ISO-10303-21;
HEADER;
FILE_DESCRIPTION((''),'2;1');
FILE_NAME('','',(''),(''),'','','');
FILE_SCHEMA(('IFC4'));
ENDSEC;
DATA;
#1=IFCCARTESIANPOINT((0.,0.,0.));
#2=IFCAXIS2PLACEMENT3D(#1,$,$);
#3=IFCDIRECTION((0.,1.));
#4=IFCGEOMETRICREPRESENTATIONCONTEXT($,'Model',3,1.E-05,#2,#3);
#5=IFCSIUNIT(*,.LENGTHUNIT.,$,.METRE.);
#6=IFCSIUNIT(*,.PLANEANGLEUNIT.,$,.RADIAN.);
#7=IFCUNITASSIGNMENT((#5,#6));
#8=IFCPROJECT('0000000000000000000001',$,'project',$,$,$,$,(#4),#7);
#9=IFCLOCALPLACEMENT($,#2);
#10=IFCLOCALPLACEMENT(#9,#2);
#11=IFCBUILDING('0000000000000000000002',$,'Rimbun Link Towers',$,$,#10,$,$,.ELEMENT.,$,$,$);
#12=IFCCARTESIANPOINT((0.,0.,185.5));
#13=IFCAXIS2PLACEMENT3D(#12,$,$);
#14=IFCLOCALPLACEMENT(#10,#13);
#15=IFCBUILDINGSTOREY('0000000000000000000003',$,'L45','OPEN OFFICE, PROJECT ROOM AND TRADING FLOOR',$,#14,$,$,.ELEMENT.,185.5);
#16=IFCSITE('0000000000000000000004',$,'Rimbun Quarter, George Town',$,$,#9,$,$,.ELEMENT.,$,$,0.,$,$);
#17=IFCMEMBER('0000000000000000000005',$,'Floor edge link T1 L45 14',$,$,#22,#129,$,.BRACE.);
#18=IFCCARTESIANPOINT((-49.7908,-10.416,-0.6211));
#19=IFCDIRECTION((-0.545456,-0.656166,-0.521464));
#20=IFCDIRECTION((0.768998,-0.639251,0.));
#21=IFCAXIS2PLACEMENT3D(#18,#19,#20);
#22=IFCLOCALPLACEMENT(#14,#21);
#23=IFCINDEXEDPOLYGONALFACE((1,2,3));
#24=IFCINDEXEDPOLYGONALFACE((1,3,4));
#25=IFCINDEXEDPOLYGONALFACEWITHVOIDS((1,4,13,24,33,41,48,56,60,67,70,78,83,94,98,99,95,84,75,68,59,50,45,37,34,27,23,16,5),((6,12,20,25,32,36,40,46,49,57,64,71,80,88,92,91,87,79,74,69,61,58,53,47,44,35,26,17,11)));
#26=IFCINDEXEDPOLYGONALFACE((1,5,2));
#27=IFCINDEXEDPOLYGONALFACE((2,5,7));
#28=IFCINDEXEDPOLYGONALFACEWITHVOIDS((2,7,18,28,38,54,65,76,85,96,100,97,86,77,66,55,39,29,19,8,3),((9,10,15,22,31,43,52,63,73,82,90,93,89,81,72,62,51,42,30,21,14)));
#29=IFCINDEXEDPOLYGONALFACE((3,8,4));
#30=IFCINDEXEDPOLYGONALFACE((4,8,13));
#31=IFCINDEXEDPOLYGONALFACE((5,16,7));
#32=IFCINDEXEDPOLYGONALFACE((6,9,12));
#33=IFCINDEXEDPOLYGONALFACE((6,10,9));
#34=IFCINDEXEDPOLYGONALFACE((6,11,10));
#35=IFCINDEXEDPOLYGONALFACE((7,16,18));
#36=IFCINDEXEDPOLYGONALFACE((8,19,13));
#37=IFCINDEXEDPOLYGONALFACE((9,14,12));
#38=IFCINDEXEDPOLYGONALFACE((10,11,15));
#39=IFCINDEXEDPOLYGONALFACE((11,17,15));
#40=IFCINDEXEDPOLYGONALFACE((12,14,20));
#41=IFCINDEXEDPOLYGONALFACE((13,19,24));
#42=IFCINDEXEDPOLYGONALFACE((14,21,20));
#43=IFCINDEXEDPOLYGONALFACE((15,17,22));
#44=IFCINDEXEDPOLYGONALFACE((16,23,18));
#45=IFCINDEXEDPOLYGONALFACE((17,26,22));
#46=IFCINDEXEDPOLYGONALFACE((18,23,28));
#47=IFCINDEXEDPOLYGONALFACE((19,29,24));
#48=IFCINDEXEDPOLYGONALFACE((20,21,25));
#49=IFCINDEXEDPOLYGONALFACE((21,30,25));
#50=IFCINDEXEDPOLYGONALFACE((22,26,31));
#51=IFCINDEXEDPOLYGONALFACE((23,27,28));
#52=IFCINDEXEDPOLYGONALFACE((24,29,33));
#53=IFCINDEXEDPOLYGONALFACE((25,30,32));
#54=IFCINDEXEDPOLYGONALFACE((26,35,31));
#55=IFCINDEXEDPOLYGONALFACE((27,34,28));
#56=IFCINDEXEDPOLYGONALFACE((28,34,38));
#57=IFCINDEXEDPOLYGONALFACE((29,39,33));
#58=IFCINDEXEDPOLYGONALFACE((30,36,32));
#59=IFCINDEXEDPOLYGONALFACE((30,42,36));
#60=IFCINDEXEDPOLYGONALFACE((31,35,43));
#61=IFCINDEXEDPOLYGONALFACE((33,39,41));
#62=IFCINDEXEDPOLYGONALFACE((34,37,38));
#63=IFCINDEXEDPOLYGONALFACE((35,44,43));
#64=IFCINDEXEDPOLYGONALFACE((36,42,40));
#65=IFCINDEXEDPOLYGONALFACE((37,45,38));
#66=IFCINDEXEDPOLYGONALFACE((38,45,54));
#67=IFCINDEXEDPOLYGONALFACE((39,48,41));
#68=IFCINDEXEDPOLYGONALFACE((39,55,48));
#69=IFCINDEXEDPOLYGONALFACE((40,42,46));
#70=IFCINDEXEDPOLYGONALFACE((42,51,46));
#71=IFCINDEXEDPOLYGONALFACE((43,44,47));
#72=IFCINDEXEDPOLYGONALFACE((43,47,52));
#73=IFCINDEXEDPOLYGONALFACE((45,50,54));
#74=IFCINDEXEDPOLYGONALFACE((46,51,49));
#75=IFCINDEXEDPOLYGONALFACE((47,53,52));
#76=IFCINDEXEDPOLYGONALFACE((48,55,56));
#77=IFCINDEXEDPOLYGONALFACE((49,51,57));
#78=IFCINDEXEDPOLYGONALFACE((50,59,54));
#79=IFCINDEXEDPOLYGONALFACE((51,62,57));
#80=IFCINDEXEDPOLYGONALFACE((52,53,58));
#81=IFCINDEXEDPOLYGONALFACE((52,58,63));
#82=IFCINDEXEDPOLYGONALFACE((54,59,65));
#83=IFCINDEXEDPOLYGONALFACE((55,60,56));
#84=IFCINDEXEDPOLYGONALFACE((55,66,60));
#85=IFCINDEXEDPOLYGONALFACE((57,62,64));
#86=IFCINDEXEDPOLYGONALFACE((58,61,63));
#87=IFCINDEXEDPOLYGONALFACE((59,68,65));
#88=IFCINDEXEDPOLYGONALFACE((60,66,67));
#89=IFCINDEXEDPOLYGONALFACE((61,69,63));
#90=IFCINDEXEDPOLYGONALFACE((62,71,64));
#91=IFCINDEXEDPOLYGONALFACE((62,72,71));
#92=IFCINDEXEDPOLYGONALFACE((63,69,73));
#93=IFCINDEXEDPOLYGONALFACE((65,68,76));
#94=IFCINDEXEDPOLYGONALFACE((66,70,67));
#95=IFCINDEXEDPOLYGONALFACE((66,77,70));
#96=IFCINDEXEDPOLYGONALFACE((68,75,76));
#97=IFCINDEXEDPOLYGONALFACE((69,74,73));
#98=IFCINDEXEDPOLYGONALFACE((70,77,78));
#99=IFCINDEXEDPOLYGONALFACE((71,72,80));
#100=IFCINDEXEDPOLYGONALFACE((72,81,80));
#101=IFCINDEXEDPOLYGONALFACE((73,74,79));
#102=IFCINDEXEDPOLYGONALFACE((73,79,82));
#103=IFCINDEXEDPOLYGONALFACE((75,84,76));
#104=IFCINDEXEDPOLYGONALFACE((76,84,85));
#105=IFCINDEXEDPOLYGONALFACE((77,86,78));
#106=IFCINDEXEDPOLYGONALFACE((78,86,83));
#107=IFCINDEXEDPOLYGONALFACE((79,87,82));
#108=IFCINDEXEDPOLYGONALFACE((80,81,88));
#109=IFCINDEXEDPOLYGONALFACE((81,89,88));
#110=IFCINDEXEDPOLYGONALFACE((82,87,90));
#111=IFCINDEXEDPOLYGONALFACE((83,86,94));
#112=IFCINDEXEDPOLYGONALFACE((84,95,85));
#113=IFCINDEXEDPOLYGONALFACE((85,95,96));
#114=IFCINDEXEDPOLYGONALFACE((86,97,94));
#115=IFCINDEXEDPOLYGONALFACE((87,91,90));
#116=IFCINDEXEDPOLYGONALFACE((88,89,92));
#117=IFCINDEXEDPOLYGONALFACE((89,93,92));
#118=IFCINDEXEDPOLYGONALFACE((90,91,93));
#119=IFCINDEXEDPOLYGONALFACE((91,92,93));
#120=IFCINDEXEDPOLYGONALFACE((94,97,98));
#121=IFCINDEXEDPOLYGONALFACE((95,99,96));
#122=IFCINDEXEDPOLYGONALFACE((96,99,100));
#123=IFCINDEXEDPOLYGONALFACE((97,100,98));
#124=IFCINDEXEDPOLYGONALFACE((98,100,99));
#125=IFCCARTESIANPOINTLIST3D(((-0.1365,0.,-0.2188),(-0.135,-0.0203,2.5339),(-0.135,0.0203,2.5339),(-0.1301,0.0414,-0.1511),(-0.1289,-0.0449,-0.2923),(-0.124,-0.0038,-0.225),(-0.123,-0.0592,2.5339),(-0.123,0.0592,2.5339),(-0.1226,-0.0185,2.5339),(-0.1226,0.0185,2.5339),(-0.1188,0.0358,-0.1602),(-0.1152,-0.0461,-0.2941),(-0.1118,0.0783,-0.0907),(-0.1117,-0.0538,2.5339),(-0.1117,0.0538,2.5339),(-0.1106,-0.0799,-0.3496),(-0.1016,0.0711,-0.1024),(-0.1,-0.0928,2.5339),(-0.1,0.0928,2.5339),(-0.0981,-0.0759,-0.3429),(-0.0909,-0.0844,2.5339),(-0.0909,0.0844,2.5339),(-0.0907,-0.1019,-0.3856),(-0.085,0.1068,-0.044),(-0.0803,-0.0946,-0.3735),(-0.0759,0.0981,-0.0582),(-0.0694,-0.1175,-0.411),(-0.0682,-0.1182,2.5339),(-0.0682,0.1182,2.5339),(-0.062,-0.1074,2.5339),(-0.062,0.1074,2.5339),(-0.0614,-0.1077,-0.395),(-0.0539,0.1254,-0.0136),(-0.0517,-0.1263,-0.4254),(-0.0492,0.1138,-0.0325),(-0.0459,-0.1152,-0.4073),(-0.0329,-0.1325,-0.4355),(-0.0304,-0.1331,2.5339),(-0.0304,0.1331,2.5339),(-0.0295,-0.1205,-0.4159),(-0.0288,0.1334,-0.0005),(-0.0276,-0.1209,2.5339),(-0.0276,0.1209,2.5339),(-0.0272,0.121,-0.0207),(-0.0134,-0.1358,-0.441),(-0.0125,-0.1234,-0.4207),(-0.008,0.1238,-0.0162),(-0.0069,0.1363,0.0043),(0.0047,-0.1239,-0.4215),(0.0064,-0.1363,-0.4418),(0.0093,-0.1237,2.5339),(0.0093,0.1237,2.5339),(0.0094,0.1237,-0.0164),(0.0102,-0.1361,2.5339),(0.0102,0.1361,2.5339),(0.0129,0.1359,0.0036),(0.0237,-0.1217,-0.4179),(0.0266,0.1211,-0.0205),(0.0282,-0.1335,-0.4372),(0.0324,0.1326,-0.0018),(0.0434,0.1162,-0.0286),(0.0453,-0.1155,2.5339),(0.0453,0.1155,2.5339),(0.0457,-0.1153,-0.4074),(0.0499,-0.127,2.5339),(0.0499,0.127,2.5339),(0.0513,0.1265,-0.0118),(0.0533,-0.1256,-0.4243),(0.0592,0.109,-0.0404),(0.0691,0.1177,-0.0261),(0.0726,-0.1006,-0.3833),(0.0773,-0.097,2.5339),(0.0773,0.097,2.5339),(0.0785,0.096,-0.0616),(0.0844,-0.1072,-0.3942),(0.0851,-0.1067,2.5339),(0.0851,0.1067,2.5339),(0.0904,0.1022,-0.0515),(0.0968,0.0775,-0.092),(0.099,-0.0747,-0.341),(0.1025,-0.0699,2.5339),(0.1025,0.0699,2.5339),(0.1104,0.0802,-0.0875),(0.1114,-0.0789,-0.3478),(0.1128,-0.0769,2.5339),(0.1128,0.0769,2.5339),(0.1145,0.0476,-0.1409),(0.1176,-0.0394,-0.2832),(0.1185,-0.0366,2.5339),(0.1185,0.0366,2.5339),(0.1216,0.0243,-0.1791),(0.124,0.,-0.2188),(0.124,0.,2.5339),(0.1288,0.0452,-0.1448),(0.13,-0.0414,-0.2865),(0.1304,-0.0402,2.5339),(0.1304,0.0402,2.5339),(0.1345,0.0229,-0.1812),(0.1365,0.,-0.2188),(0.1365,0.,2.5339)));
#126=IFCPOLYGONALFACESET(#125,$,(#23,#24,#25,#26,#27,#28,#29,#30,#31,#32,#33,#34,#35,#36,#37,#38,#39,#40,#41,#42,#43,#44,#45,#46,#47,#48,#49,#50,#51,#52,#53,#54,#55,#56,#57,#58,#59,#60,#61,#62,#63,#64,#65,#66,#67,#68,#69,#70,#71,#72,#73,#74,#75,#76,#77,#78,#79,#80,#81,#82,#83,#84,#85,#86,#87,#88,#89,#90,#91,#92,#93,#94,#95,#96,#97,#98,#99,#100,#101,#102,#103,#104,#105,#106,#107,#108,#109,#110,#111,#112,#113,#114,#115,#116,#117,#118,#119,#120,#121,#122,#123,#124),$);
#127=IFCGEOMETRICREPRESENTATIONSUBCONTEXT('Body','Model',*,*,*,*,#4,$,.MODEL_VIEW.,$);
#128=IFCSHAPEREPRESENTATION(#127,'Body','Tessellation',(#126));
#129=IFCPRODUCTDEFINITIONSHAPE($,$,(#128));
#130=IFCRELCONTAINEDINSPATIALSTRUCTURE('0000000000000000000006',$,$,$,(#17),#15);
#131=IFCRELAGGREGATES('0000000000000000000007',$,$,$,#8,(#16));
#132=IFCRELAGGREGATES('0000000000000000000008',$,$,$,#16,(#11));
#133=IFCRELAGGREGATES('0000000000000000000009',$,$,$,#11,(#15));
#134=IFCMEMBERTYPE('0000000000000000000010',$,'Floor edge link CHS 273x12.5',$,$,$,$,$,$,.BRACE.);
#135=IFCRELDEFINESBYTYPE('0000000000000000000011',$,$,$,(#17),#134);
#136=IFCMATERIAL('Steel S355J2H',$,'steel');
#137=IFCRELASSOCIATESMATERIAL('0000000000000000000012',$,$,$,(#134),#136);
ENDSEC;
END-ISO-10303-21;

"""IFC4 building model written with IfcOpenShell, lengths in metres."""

from ifc_helpers import new_model, si_unit, direction, frame, origin, origin_2d, place, context, subcontext, project, spatial, hollow_circle, extrude, clip, halfspace, material, material_profile, profile_set, type_object, element, save


model = new_model("IFC4")

# Units and contexts
model_context = context("Model", 3, precision=1e-05, world=origin(), true_north=direction((0.0, 1.0)))
body_context = subcontext(model_context, "Body", "Model", "MODEL_VIEW")
ifc_project = project(units=[si_unit("LENGTHUNIT", "METRE"), si_unit("PLANEANGLEUNIT", "RADIAN")], contexts=[model_context])

# Site, building, storey
site_placement = place(None, origin())
site = spatial("IfcSite", under=ifc_project, at=site_placement, Name="Rimbun Quarter, George Town", CompositionType="ELEMENT", RefElevation=0.0)
building_placement = place(site_placement, origin())
building = spatial("IfcBuilding", under=site, at=building_placement, Name="Rimbun Link Towers", CompositionType="ELEMENT")
storey_placement = place(building_placement, frame((0.0, 0.0, 185.5)))
storey = spatial("IfcBuildingStorey", under=building, at=storey_placement, Name="L45", Description="OPEN OFFICE, PROJECT ROOM AND TRADING FLOOR", CompositionType="ELEMENT", Elevation=185.5)

# Member
ifc_material_1 = material(Name="Steel S355J2H", Category="steel")
ifc_material_profile_1 = material_profile(ifc_material_1, hollow_circle(Radius=0.1365, WallThickness=0.0125, at=origin_2d()), Name="CHS 273x12.5")
ifc_profile_set_1 = profile_set([ifc_material_profile_1], Name="Steel S355J2H")
member_type = type_object("IfcMemberType", Name="Floor edge link CHS 273x12.5", PredefinedType="BRACE", material=ifc_profile_set_1)
member_placement = place(storey_placement, frame((-49.7908, -10.416, -0.6211), z_axis=(-0.545456, -0.656166, -0.521464), x_axis=(0.768998, -0.639251, 0.0)))
element("IfcMember", 1, at=member_placement, inside=storey, type_object=member_type, Name="Floor edge link T1 L45 14", PredefinedType="BRACE", context=body_context, shape_type="Clipping", body=[
    clip(extrude(hollow_circle(Radius=0.1365, WallThickness=0.0125, at=origin_2d()), frame((0.0, 0.0, -0.4658)), (0.0, 0.0, 1.0), 2.9998), halfspace(frame((0.0, 0.0, -0.2188), z_axis=(0.0, 0.853273, -0.521464)), False)),
])

save(model, "model.ifc")
